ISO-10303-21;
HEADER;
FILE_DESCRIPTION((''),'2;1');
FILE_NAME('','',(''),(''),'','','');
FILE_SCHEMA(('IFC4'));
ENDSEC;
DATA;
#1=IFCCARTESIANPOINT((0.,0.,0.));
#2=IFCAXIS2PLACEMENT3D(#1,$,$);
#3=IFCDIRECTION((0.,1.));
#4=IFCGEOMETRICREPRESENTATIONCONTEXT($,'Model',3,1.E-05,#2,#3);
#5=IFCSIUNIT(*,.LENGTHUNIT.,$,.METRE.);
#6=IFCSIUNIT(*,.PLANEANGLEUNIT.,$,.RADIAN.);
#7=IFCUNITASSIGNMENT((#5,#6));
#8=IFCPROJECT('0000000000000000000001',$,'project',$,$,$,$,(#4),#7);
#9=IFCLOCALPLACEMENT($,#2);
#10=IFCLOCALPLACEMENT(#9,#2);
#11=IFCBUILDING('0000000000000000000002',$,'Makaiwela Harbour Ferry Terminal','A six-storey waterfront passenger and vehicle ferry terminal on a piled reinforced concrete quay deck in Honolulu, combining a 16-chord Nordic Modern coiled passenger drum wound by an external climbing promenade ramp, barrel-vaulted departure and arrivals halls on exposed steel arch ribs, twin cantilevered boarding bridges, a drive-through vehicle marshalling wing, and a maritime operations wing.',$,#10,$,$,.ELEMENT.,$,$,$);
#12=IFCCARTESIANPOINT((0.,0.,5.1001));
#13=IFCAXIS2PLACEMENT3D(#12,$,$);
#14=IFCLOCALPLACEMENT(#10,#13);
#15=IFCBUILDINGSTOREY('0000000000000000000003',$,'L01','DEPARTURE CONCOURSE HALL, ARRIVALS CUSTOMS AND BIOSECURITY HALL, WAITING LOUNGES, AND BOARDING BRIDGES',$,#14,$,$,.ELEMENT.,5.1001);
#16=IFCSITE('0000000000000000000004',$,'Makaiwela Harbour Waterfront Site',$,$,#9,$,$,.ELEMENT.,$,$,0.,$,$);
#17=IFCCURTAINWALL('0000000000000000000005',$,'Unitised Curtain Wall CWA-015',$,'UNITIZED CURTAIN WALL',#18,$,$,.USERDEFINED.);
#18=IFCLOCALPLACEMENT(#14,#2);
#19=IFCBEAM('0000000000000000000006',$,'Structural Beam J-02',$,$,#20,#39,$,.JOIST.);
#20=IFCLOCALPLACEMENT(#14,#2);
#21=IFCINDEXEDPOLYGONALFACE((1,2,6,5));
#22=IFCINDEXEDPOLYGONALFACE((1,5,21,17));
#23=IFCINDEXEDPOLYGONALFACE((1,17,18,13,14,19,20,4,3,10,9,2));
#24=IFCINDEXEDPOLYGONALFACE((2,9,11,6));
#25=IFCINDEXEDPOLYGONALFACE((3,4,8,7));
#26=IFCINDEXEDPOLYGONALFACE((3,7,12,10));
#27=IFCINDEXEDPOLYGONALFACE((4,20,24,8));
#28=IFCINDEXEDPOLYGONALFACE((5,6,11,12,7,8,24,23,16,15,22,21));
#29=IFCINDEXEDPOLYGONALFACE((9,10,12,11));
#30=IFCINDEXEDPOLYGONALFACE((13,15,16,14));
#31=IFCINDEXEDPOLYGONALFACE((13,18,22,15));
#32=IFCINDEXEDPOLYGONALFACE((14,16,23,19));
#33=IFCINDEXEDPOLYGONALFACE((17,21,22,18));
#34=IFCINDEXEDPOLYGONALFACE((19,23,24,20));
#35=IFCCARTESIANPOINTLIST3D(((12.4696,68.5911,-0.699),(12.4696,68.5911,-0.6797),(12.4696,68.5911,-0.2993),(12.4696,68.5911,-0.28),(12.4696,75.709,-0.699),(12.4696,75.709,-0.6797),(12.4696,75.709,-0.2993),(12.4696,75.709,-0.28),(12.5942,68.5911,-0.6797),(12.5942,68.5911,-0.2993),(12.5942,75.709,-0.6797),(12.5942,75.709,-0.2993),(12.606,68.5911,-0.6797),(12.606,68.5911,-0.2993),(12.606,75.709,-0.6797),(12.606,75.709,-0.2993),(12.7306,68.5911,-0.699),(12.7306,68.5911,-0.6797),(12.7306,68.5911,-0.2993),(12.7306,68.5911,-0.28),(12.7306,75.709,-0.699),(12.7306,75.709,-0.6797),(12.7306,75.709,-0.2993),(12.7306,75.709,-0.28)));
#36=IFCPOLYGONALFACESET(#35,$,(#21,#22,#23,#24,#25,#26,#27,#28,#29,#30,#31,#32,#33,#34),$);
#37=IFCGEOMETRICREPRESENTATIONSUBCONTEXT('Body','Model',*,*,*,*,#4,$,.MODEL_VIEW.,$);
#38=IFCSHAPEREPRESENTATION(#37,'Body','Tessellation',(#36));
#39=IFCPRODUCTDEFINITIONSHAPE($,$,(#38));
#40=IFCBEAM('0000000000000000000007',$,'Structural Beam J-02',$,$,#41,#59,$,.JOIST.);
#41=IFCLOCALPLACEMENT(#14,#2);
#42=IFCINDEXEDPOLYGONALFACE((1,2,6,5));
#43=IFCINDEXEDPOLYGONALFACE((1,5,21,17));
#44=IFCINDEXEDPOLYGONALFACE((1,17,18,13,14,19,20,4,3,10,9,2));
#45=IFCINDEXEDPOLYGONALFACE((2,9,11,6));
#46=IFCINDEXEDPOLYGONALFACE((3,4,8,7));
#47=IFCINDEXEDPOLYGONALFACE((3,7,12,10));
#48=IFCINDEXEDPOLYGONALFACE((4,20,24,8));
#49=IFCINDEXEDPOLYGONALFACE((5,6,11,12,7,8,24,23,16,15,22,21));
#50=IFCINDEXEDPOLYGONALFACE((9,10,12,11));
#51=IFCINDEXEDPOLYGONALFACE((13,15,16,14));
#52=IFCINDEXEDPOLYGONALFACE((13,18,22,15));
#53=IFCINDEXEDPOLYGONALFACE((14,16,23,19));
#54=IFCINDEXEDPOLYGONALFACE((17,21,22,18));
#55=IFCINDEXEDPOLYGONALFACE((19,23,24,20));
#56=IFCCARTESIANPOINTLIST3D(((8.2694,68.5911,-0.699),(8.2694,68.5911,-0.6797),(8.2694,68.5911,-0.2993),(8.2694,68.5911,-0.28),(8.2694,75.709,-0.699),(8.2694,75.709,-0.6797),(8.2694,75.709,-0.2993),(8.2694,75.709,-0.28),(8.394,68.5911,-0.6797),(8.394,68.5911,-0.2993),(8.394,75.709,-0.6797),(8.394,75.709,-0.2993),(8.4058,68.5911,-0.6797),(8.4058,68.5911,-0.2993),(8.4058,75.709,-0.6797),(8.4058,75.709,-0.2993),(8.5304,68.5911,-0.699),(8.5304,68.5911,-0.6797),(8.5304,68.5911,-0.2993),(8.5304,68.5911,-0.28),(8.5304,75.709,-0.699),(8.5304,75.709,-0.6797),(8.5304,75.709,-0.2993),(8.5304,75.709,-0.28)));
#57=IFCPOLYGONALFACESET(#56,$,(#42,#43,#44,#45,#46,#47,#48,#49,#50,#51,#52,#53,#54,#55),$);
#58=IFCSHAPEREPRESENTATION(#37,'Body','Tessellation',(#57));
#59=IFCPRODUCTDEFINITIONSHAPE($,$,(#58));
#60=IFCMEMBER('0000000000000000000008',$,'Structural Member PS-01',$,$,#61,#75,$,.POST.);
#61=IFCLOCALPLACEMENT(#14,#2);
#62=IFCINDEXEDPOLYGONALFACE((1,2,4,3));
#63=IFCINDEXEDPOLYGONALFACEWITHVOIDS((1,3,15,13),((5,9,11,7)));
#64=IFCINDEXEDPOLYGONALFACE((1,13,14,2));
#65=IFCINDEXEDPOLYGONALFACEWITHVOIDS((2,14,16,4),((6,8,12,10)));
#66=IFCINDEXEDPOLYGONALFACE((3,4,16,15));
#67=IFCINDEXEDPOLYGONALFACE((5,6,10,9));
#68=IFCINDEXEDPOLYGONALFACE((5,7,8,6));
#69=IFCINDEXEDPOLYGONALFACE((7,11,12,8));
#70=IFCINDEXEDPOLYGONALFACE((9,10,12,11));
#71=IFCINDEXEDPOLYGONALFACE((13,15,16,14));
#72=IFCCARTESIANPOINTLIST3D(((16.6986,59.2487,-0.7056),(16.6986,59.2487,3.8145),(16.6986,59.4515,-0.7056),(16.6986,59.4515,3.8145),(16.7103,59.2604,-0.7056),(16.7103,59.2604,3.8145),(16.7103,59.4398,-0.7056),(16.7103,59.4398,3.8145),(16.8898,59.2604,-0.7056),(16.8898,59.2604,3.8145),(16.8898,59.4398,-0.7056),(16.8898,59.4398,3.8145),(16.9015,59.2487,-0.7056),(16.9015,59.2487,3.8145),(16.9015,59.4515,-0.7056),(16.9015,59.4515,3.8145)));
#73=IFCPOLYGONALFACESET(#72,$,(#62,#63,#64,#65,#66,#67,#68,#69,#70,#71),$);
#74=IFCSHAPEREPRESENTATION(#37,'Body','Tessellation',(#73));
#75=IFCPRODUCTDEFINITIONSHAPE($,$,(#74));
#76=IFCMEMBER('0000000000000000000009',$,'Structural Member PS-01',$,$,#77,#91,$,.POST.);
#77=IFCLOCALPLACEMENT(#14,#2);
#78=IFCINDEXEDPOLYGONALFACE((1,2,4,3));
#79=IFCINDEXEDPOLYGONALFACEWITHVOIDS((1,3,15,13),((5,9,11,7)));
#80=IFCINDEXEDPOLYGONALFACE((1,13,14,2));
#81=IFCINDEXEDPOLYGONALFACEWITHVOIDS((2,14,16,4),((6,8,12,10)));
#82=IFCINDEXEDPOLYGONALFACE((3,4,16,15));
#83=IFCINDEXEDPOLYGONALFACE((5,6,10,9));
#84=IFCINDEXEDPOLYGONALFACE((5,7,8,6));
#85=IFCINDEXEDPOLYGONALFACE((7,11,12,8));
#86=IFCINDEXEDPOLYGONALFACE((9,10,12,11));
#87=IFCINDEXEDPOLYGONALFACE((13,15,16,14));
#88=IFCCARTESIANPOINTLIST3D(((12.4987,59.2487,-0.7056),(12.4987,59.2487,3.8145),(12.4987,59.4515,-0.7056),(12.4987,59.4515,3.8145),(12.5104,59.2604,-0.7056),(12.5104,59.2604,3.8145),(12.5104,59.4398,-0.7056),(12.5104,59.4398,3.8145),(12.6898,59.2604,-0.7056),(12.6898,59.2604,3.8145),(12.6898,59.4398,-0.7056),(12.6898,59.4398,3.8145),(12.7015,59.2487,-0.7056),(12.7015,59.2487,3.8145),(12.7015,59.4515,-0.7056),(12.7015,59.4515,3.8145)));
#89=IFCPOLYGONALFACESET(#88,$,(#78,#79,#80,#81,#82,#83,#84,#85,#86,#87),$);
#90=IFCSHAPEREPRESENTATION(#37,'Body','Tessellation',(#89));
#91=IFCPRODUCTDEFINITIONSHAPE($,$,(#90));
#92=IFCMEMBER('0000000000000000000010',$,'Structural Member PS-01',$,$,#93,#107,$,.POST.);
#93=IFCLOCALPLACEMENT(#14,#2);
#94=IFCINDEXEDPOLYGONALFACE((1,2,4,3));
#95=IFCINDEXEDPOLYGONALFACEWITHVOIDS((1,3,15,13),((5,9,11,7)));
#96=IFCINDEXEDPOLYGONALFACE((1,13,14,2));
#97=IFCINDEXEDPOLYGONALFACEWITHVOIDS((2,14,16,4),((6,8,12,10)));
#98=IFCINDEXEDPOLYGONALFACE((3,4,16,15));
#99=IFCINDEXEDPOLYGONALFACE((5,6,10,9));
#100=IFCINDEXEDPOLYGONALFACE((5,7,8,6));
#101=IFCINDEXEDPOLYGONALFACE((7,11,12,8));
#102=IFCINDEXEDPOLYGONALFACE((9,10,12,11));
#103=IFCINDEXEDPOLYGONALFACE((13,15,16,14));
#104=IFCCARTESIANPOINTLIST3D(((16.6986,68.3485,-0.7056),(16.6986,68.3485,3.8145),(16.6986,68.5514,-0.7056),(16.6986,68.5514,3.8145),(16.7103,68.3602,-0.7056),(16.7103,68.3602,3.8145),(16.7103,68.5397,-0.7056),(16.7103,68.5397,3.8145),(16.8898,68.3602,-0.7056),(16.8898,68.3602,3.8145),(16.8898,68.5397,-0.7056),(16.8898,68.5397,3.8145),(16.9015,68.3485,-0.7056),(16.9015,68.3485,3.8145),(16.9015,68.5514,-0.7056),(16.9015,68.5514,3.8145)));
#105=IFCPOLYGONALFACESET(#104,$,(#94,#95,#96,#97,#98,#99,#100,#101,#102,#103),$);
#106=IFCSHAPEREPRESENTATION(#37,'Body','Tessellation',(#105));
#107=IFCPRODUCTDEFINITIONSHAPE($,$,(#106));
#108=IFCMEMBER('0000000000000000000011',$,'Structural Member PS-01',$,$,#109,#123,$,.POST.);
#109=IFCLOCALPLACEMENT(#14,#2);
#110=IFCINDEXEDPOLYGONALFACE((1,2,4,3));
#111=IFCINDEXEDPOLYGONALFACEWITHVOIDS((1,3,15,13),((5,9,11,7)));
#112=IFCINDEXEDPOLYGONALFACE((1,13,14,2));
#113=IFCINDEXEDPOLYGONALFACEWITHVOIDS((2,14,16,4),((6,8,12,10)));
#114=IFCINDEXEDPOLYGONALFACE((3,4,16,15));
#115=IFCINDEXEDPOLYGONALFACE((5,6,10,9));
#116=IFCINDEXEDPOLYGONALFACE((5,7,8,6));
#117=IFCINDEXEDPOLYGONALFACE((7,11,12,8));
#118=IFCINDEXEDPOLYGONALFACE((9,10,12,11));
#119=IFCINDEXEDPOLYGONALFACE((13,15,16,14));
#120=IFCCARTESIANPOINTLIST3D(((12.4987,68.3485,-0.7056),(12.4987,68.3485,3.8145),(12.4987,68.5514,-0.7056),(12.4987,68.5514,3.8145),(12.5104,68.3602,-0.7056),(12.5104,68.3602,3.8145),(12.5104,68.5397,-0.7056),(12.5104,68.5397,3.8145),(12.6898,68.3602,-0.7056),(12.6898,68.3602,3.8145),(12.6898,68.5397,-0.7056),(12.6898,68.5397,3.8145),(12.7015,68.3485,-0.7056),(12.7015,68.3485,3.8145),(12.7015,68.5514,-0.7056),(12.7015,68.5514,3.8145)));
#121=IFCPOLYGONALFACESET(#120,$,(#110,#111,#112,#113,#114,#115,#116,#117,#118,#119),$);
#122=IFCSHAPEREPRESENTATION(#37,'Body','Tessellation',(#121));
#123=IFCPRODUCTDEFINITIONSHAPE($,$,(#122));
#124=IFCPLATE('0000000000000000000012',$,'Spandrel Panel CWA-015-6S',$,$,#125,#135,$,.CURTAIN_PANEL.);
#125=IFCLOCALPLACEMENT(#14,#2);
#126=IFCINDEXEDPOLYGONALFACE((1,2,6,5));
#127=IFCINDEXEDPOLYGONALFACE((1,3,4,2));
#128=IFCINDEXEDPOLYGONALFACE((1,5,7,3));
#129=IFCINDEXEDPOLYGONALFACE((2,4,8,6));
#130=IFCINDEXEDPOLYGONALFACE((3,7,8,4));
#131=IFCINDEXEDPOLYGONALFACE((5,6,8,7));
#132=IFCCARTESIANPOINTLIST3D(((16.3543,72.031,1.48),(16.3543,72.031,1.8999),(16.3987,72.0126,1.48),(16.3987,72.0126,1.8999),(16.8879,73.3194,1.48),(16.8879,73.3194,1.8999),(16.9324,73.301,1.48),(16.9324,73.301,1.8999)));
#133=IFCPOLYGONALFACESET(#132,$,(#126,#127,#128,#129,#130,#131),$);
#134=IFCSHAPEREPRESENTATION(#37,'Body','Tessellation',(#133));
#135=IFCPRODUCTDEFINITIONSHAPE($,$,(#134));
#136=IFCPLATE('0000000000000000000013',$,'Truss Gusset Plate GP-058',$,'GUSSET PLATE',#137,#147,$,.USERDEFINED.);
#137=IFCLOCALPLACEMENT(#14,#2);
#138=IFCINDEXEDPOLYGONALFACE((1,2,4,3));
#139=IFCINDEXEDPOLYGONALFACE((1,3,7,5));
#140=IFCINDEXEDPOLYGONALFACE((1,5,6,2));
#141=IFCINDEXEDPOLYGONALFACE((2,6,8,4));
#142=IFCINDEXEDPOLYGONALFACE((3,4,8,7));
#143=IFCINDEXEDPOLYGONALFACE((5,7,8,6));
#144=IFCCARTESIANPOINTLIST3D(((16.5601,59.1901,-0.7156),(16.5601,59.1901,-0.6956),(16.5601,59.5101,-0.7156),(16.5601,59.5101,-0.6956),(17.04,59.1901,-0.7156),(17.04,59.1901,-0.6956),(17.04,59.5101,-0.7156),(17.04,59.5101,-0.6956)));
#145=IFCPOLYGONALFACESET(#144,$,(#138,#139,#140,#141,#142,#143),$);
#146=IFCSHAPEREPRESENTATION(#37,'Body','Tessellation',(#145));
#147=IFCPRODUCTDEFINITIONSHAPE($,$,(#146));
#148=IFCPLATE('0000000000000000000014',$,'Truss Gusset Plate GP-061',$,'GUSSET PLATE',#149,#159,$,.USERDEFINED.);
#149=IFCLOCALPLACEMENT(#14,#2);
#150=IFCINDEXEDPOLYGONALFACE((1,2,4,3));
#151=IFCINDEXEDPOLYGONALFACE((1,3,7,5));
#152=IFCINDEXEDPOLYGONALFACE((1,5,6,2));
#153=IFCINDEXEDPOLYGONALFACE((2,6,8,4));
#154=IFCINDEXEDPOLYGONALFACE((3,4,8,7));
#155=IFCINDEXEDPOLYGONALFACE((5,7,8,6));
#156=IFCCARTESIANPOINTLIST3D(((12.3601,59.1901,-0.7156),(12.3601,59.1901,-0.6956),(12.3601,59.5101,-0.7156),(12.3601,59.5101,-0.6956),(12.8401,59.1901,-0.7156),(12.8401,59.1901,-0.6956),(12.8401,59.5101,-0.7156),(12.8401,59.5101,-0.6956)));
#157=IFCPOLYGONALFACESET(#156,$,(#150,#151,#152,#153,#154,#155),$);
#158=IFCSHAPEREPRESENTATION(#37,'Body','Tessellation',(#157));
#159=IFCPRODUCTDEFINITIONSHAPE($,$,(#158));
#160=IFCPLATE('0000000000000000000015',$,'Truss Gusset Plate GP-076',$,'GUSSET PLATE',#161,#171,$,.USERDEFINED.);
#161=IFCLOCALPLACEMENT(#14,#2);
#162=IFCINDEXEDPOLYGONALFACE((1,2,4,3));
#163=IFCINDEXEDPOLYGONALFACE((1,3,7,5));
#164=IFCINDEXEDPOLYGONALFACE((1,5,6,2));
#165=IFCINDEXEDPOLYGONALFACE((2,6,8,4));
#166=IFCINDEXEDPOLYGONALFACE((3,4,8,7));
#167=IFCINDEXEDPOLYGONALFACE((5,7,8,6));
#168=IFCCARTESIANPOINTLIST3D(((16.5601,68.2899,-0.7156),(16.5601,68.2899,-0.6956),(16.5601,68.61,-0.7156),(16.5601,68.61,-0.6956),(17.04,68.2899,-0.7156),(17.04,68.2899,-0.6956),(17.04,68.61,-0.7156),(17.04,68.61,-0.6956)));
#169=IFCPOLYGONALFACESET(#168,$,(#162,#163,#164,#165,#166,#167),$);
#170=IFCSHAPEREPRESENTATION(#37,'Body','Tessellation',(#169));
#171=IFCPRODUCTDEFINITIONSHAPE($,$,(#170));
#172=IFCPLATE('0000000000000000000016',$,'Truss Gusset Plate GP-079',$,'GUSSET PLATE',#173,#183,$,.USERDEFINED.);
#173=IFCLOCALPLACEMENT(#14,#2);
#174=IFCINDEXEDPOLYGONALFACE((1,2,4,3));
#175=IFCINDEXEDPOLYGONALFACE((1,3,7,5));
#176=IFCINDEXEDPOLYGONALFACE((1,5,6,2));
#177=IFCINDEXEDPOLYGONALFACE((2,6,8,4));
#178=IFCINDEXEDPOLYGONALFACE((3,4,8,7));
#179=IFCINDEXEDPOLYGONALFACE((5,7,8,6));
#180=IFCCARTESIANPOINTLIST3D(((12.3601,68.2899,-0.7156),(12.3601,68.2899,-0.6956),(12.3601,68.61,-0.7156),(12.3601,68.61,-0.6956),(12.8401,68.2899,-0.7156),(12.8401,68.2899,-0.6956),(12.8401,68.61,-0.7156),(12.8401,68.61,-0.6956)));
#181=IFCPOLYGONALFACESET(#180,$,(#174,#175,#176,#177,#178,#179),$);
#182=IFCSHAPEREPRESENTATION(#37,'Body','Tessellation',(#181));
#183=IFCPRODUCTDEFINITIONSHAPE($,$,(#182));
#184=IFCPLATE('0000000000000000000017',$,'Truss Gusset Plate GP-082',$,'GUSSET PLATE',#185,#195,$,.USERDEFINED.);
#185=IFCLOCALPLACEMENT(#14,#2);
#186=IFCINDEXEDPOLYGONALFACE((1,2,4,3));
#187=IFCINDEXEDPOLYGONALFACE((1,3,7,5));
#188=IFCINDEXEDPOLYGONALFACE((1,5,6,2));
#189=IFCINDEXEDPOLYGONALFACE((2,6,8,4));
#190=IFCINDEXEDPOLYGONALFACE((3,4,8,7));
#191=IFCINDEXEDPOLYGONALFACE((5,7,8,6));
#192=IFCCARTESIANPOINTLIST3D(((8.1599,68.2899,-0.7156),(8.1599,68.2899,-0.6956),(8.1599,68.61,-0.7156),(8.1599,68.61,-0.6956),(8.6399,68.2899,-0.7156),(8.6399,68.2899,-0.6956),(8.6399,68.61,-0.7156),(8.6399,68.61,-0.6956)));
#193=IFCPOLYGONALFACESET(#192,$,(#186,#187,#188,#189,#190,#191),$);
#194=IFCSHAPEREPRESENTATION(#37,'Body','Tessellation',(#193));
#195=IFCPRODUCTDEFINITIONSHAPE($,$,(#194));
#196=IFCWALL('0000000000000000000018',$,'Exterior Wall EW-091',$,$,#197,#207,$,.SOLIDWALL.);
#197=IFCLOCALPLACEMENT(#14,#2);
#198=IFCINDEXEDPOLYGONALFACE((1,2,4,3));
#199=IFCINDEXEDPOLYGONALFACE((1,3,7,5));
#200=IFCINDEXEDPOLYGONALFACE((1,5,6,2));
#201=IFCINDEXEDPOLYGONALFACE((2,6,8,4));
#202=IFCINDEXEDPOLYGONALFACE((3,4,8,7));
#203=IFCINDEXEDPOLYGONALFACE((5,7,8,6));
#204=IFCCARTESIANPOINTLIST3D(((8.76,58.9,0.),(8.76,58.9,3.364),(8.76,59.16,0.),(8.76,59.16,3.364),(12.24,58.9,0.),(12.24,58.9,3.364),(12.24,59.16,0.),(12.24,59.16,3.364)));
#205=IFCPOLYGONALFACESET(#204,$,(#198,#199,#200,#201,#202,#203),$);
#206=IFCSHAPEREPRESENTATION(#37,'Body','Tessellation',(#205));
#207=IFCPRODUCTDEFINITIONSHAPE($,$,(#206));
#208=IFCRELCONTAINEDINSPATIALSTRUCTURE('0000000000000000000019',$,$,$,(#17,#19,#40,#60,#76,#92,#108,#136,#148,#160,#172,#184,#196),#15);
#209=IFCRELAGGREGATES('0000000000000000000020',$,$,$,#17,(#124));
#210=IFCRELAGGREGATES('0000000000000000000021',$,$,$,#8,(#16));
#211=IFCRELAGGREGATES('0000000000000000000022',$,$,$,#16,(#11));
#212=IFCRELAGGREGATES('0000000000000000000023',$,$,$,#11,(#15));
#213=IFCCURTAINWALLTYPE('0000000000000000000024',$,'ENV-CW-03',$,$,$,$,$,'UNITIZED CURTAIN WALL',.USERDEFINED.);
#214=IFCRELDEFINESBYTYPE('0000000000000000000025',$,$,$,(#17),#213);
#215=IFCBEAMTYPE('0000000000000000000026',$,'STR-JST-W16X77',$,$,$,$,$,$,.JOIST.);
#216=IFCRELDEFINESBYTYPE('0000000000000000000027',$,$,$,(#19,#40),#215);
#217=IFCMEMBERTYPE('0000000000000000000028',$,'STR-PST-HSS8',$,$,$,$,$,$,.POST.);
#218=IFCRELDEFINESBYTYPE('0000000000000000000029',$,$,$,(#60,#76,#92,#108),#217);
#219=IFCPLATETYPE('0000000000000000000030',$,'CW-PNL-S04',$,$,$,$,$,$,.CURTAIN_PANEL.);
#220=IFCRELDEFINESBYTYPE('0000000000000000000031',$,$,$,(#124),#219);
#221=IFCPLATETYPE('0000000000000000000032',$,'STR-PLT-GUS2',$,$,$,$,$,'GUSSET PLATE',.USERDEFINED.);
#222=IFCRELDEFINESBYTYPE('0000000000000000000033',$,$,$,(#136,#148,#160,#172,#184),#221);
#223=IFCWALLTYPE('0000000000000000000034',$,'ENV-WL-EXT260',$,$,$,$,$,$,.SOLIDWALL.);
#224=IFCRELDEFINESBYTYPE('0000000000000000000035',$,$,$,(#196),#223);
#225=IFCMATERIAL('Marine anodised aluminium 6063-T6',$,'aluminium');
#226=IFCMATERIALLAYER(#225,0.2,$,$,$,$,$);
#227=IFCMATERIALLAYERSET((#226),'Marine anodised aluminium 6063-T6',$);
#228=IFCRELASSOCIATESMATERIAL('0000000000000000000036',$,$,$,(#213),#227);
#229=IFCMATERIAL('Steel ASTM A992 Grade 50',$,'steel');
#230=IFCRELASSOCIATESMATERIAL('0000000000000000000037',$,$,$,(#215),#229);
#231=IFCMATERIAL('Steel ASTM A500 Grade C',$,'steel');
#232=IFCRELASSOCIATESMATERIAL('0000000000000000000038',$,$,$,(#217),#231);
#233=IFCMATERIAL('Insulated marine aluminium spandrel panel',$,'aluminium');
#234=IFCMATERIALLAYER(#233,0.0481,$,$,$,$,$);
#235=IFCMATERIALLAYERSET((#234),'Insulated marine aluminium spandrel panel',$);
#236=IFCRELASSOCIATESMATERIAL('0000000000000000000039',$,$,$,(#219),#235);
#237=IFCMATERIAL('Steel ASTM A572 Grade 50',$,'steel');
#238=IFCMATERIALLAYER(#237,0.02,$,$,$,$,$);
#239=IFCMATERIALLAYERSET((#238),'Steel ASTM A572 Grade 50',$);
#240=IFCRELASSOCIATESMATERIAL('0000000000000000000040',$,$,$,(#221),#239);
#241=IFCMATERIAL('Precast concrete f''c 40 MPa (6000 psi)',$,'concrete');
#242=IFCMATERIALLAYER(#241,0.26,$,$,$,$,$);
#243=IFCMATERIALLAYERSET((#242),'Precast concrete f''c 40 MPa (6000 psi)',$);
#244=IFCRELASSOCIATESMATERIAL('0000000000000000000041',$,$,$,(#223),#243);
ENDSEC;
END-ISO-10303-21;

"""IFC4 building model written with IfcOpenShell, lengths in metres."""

from ifc_helpers import new_model, si_unit, direction, frame, frame_2d, origin, origin_2d, place, context, subcontext, project, spatial, rectangle, hollow_rectangle, i_section, extrude, material, layer, layer_set, material_profile, profile_set, type_object, element, aggregate, save


model = new_model("IFC4")

# Units and contexts
model_context = context("Model", 3, precision=1e-05, world=origin(), true_north=direction((0.0, 1.0)))
body_context = subcontext(model_context, "Body", "Model", "MODEL_VIEW")
ifc_project = project(units=[si_unit("LENGTHUNIT", "METRE"), si_unit("PLANEANGLEUNIT", "RADIAN")], contexts=[model_context])

# Site, building, storey
site_placement = place(None, origin())
site = spatial("IfcSite", under=ifc_project, at=site_placement, Name="Makaiwela Harbour Waterfront Site", CompositionType="ELEMENT", RefElevation=0.0)
building_placement = place(site_placement, origin())
building = spatial("IfcBuilding", under=site, at=building_placement, Name="Makaiwela Harbour Ferry Terminal", Description="A six-storey waterfront passenger and vehicle ferry terminal on a piled reinforced concrete quay deck in Honolulu, combining a 16-chord Nordic Modern coiled passenger drum wound by an external climbing promenade ramp, barrel-vaulted departure and arrivals halls on exposed steel arch ribs, twin cantilevered boarding bridges, a drive-through vehicle marshalling wing, and a maritime operations wing.", CompositionType="ELEMENT")
storey_placement = place(building_placement, frame((0.0, 0.0, 5.1001)))
storey = spatial("IfcBuildingStorey", under=building, at=storey_placement, Name="L01", Description="DEPARTURE CONCOURSE HALL, ARRIVALS CUSTOMS AND BIOSECURITY HALL, WAITING LOUNGES, AND BOARDING BRIDGES", CompositionType="ELEMENT", Elevation=5.1001)

# Shared definitions
ifc_material_1 = material(Name="Steel ASTM A992 Grade 50", Category="steel")

# Curtain wall
ifc_material_2 = material(Name="Marine anodised aluminium 6063-T6", Category="aluminium")
ifc_layer_1 = layer(ifc_material_2, 0.2)
ifc_layer_set_1 = layer_set([ifc_layer_1], Name="Marine anodised aluminium 6063-T6")
curtain_wall_type = type_object("IfcCurtainWallType", Name="ENV-CW-03", ElementType="UNITIZED CURTAIN WALL", PredefinedType="USERDEFINED", material=ifc_layer_set_1)
curtain_wall_placement = place(storey_placement, origin())
curtain_wall = element("IfcCurtainWall", 1, at=curtain_wall_placement, inside=storey, type_object=curtain_wall_type, Name="Unitised Curtain Wall CWA-015", ObjectType="UNITIZED CURTAIN WALL", PredefinedType="USERDEFINED")

# Shared definitions
ifc_material_3 = material(Name="Steel ASTM A500 Grade C", Category="steel")

# Beams
ifc_material_profile_1 = material_profile(ifc_material_1, i_section(OverallWidth=0.261, OverallDepth=0.4189, WebThickness=0.0117, FlangeThickness=0.0193, at=origin_2d()), Name="W16X77")
ifc_profile_set_1 = profile_set([ifc_material_profile_1], Name="Steel ASTM A992 Grade 50")
beam_type_1 = type_object("IfcBeamType", Name="STR-JST-W16X77", PredefinedType="JOIST", material=ifc_profile_set_1)
for number, where, z_axis, x_axis, name in (
    (2, (12.6001, 68.5911, -0.4895), (0.0, 1.0, 0.0), (-1.0, 0.0, 0.0), "Structural Beam J-02"),
    (3, (8.3999, 68.5911, -0.4895), (0.0, 1.0, 0.0), (-1.0, 0.0, 0.0), "Structural Beam J-02"),
):
    element("IfcBeam", number, at=place(storey_placement, frame(where, z_axis=z_axis, x_axis=x_axis)), inside=storey, type_object=beam_type_1, Name=name, PredefinedType="JOIST", context=body_context, shape_type="SweptSolid", body=[
        extrude(i_section(OverallWidth=0.261, OverallDepth=0.4189, WebThickness=0.0117, FlangeThickness=0.0193, at=origin_2d()), origin(), (0.0, 0.0, 1.0), 7.1179),
    ])

# Members
ifc_material_profile_2 = material_profile(ifc_material_3, hollow_rectangle(XDim=0.2029, YDim=0.2029, WallThickness=0.0117, at=origin_2d()), Name="HSS8X8X1/2")
ifc_profile_set_2 = profile_set([ifc_material_profile_2], Name="Steel ASTM A500 Grade C")
member_type_1 = type_object("IfcMemberType", Name="STR-PST-HSS8", PredefinedType="POST", material=ifc_profile_set_2)
for number, where, z_axis, x_axis, name in (
    (4, (16.8, 59.3501, -0.7056), (0.0, 0.0, 1.0), (1.0, 0.0, 0.0), "Structural Member PS-01"),
    (5, (12.6001, 59.3501, -0.7056), (0.0, 0.0, 1.0), (1.0, 0.0, 0.0), "Structural Member PS-01"),
    (6, (16.8, 68.45, -0.7056), (0.0, 0.0, 1.0), (1.0, 0.0, 0.0), "Structural Member PS-01"),
    (7, (12.6001, 68.45, -0.7056), (0.0, 0.0, 1.0), (1.0, 0.0, 0.0), "Structural Member PS-01"),
):
    element("IfcMember", number, at=place(storey_placement, frame(where, z_axis=z_axis, x_axis=x_axis)), inside=storey, type_object=member_type_1, Name=name, PredefinedType="POST", context=body_context, shape_type="SweptSolid", body=[
        extrude(hollow_rectangle(XDim=0.2029, YDim=0.2029, WallThickness=0.0117, at=origin_2d()), origin(), (0.0, 0.0, 1.0), 4.52),
    ])

# Plate
ifc_material_4 = material(Name="Insulated marine aluminium spandrel panel", Category="aluminium")
ifc_layer_2 = layer(ifc_material_4, 0.0481)
ifc_layer_set_2 = layer_set([ifc_layer_2], Name="Insulated marine aluminium spandrel panel")
plate_type_1 = type_object("IfcPlateType", Name="CW-PNL-S04", PredefinedType="CURTAIN_PANEL", material=ifc_layer_set_2)
plate_placement = place(storey_placement, frame((16.6433, 72.666, 1.48), z_axis=(0.0, 0.0, 1.0), x_axis=(-0.382683, -0.92388, 0.0)))
plate = element("IfcPlate", 8, at=plate_placement, type_object=plate_type_1, Name="Spandrel Panel CWA-015-6S", PredefinedType="CURTAIN_PANEL", context=body_context, shape_type="SweptSolid", body=[
    extrude(rectangle(XDim=1.3945, YDim=0.0481, at=origin_2d()), origin(), (0.0, 0.0, 1.0), 0.4199),
])
aggregate(curtain_wall, [plate])

# Plates
ifc_material_5 = material(Name="Steel ASTM A572 Grade 50", Category="steel")
ifc_layer_3 = layer(ifc_material_5, 0.02)
ifc_layer_set_3 = layer_set([ifc_layer_3], Name="Steel ASTM A572 Grade 50")
plate_type_2 = type_object("IfcPlateType", Name="STR-PLT-GUS2", ElementType="GUSSET PLATE", PredefinedType="USERDEFINED", material=ifc_layer_set_3)
for number, where, z_axis, x_axis, name in (
    (9, (16.8, 59.3501, -0.7156), (0.0, 0.0, 1.0), (1.0, 0.0, 0.0), "Truss Gusset Plate GP-058"),
    (10, (12.6001, 59.3501, -0.7156), (0.0, 0.0, 1.0), (1.0, 0.0, 0.0), "Truss Gusset Plate GP-061"),
    (11, (16.8, 68.45, -0.7156), (0.0, 0.0, 1.0), (1.0, 0.0, 0.0), "Truss Gusset Plate GP-076"),
    (12, (12.6001, 68.45, -0.7156), (0.0, 0.0, 1.0), (1.0, 0.0, 0.0), "Truss Gusset Plate GP-079"),
    (13, (8.3999, 68.45, -0.7156), (0.0, 0.0, 1.0), (1.0, 0.0, 0.0), "Truss Gusset Plate GP-082"),
):
    element("IfcPlate", number, at=place(storey_placement, frame(where, z_axis=z_axis, x_axis=x_axis)), inside=storey, type_object=plate_type_2, Name=name, ObjectType="GUSSET PLATE", PredefinedType="USERDEFINED", context=body_context, shape_type="SweptSolid", body=[
        extrude(rectangle(XDim=0.48, YDim=0.3201, at=origin_2d()), origin(), (0.0, 0.0, 1.0), 0.02),
    ])

# Wall
ifc_material_6 = material(Name="Precast concrete f'c 40 MPa (6000 psi)", Category="concrete")
ifc_layer_4 = layer(ifc_material_6, 0.26)
ifc_layer_set_4 = layer_set([ifc_layer_4], Name="Precast concrete f'c 40 MPa (6000 psi)")
wall_type_1 = type_object("IfcWallType", Name="ENV-WL-EXT260", PredefinedType="SOLIDWALL", material=ifc_layer_set_4)
wall_1_placement = place(storey_placement, frame((12.24, 59.03, 0.0), z_axis=(0.0, 0.0, 1.0), x_axis=(-1.0, 0.0, 0.0)))
element("IfcWall", 14, at=wall_1_placement, inside=storey, type_object=wall_type_1, Name="Exterior Wall EW-091", PredefinedType="SOLIDWALL", context=body_context, shape_type="SweptSolid", body=[
    extrude(rectangle(XDim=3.48, YDim=0.26, at=frame_2d((1.74, 0.0))), origin(), (0.0, 0.0, 1.0), 3.364),
])

save(model, "model.ifc")
